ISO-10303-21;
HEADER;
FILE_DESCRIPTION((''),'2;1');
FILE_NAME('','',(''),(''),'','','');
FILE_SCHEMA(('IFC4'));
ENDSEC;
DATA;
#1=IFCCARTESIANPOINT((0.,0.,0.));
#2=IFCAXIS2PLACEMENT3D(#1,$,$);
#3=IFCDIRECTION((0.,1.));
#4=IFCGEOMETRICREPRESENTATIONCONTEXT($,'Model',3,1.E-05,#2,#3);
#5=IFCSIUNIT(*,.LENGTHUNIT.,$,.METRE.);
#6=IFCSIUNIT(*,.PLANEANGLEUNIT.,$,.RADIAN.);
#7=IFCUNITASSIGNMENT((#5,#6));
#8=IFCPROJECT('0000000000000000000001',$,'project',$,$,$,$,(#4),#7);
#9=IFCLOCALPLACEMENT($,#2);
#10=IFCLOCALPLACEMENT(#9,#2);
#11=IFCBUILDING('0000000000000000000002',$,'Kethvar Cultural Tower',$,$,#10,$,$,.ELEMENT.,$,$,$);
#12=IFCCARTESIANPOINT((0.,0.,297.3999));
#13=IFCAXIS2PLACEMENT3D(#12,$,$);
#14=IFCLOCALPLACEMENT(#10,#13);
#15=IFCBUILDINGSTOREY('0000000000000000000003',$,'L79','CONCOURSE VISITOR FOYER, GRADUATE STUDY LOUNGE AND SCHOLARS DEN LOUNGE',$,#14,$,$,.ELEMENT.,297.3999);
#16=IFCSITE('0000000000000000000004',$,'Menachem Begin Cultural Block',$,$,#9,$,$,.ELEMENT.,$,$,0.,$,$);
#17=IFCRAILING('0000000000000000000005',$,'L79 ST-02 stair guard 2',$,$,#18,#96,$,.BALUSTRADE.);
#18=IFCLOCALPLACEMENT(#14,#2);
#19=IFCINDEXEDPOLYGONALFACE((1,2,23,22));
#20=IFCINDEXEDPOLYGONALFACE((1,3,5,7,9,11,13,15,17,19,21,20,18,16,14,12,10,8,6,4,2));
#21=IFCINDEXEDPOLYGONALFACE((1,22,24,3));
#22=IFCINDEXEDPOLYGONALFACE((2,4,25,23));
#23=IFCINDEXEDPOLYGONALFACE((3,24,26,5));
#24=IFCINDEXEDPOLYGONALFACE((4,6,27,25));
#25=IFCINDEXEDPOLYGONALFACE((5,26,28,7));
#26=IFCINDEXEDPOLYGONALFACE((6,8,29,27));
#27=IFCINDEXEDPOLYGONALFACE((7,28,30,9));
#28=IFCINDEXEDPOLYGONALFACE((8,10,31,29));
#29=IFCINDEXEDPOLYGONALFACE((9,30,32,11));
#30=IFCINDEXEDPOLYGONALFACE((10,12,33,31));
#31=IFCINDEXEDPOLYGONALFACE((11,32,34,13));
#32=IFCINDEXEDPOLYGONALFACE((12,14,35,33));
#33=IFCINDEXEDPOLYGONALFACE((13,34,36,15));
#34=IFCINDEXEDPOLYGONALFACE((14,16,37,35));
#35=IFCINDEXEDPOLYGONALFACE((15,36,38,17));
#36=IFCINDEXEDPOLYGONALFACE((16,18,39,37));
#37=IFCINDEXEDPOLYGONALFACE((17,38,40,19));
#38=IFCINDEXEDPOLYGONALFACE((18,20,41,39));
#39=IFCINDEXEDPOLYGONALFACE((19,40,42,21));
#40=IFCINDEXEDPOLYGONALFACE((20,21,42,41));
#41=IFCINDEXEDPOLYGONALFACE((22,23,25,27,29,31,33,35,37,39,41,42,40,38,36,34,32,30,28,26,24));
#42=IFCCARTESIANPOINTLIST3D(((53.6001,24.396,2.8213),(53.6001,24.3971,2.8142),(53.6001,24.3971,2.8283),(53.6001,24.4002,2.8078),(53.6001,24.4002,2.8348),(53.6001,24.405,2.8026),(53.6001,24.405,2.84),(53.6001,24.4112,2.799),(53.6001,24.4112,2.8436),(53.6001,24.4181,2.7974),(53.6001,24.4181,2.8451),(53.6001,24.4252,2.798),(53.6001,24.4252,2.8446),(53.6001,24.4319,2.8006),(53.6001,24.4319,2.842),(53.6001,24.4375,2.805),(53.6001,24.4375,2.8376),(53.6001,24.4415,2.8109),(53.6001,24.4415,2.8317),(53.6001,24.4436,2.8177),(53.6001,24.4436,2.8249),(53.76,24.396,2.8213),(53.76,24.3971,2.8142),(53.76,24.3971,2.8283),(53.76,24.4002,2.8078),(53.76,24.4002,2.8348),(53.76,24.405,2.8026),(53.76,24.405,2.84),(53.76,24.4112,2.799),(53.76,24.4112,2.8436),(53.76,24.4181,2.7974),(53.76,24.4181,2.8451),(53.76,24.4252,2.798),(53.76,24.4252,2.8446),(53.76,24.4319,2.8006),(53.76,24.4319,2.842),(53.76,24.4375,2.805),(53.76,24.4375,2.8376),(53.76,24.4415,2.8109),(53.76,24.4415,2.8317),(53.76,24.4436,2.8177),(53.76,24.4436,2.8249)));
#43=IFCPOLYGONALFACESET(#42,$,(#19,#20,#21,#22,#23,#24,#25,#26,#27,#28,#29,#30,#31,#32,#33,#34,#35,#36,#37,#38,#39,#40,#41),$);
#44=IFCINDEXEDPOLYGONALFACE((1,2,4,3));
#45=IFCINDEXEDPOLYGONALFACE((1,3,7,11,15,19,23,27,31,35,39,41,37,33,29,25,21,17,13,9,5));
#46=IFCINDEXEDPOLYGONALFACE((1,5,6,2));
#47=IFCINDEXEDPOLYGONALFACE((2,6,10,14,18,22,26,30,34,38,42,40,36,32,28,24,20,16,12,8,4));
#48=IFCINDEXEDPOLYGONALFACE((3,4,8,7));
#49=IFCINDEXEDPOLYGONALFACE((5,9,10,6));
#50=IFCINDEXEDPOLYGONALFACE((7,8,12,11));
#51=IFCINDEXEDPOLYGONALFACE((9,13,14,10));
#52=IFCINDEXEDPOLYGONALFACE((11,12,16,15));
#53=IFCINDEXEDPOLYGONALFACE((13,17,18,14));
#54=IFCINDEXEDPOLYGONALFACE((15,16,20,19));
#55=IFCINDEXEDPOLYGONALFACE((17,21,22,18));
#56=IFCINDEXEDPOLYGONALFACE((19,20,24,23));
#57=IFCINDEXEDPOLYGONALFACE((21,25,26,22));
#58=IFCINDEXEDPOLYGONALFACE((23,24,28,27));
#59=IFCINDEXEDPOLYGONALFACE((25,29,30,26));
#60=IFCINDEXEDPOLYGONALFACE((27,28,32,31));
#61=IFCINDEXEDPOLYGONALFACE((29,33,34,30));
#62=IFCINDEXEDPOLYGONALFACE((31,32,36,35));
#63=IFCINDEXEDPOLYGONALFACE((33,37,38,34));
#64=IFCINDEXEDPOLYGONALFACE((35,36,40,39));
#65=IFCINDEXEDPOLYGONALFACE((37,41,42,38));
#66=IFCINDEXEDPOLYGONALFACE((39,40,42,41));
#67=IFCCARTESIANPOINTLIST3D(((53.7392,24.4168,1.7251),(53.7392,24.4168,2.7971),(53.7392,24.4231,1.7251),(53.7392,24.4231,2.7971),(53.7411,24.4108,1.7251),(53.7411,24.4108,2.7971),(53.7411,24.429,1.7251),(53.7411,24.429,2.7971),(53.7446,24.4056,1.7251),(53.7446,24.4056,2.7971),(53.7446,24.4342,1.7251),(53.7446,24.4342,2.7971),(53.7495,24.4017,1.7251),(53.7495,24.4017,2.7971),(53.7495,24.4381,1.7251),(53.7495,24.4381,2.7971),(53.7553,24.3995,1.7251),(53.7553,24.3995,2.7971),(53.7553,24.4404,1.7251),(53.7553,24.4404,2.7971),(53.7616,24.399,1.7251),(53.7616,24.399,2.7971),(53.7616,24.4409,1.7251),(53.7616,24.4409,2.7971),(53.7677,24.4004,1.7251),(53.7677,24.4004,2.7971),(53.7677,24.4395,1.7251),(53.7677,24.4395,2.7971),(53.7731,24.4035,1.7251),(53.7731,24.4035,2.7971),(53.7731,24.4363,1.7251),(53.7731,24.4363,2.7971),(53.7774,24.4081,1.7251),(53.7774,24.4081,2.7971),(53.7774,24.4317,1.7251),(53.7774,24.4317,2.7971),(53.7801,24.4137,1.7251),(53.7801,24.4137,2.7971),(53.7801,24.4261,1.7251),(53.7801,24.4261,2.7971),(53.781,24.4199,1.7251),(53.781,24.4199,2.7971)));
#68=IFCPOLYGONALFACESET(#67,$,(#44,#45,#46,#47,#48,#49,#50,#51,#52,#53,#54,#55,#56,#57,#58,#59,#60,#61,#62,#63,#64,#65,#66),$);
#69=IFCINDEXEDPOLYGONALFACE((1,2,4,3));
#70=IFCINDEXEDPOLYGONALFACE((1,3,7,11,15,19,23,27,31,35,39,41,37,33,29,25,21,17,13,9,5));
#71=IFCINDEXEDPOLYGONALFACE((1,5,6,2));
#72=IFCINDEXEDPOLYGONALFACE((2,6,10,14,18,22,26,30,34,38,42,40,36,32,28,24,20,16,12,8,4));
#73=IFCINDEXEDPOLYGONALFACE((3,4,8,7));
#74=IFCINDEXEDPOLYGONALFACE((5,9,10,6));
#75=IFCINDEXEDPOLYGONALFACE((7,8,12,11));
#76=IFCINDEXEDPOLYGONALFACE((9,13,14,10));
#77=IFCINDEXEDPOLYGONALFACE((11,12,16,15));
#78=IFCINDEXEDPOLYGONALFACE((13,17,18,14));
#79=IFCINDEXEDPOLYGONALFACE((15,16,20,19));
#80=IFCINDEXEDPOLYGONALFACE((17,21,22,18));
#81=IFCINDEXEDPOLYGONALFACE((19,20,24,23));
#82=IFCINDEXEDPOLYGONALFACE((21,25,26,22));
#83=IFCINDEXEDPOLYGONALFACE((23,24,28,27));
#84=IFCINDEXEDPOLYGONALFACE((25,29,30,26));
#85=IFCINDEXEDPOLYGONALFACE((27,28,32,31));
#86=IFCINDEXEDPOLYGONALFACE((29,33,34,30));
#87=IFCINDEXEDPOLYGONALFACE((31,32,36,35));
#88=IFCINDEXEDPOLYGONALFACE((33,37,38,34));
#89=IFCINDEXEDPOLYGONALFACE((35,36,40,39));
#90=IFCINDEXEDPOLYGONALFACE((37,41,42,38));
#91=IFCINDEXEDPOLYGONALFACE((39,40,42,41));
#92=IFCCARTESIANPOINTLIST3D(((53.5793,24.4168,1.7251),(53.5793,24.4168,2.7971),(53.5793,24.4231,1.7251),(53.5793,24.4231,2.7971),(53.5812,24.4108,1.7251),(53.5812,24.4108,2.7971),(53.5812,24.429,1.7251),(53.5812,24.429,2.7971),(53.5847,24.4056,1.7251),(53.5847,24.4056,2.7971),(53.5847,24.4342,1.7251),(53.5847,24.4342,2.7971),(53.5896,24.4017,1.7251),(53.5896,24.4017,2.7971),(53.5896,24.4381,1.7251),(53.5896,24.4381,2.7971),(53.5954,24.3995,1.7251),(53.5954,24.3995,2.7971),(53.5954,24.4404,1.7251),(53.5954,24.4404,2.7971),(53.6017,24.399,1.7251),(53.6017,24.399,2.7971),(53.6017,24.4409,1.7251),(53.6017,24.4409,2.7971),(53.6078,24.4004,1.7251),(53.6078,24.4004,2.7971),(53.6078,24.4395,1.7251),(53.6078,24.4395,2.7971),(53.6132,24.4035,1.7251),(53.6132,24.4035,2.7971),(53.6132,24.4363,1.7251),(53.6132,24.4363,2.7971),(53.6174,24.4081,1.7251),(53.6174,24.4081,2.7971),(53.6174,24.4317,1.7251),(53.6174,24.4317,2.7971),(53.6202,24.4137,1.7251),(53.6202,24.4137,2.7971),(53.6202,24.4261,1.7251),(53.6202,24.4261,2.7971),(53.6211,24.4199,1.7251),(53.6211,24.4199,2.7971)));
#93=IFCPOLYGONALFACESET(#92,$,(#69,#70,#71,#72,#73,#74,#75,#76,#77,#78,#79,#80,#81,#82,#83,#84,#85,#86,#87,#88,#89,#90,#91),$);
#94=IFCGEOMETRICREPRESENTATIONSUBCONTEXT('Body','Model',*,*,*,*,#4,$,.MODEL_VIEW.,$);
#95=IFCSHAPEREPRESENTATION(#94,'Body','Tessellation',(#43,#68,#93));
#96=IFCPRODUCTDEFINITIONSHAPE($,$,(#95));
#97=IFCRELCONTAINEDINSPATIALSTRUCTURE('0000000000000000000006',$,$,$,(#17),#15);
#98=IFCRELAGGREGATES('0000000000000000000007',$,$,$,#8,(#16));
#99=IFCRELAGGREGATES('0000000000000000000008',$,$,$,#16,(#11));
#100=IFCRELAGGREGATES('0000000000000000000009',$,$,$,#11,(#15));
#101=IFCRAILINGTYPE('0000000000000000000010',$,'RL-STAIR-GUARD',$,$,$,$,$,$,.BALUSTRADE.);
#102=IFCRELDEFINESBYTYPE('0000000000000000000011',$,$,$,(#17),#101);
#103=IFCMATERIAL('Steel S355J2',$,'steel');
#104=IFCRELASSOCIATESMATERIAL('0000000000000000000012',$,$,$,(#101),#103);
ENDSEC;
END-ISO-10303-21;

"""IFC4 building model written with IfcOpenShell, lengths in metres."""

from ifc_helpers import new_model, si_unit, direction, frame, origin, origin_2d, place, context, subcontext, project, spatial, circle, extrude, material, type_object, element, save


model = new_model("IFC4")

# Units and contexts
model_context = context("Model", 3, precision=1e-05, world=origin(), true_north=direction((0.0, 1.0)))
body_context = subcontext(model_context, "Body", "Model", "MODEL_VIEW")
ifc_project = project(units=[si_unit("LENGTHUNIT", "METRE"), si_unit("PLANEANGLEUNIT", "RADIAN")], contexts=[model_context])

# Site, building, storey
site_placement = place(None, origin())
site = spatial("IfcSite", under=ifc_project, at=site_placement, Name="Menachem Begin Cultural Block", CompositionType="ELEMENT", RefElevation=0.0)
building_placement = place(site_placement, origin())
building = spatial("IfcBuilding", under=site, at=building_placement, Name="Kethvar Cultural Tower", CompositionType="ELEMENT")
storey_placement = place(building_placement, frame((0.0, 0.0, 297.3999)))
storey = spatial("IfcBuildingStorey", under=building, at=storey_placement, Name="L79", Description="CONCOURSE VISITOR FOYER, GRADUATE STUDY LOUNGE AND SCHOLARS DEN LOUNGE", CompositionType="ELEMENT", Elevation=297.3999)

# Shared definitions
ifc_material_1 = material(Name="Steel S355J2", Category="steel")

# Railing
railing_type_1 = type_object("IfcRailingType", Name="RL-STAIR-GUARD", PredefinedType="BALUSTRADE", material=ifc_material_1)
railing_1_placement = place(storey_placement, frame((53.76, 24.4199, 1.7251)))
element("IfcRailing", 1, at=railing_1_placement, inside=storey, type_object=railing_type_1, Name="L79 ST-02 stair guard 2", PredefinedType="BALUSTRADE", context=body_context, shape_type="SweptSolid", body=[
    extrude(circle(Radius=0.0239, at=origin_2d()), frame((0.0, 0.0, 1.0962), z_axis=(-1.0, 0.0, 0.0), x_axis=(0.0, -1.0, 0.0)), (0.0, 0.0, 1.0), 0.1599),
    extrude(circle(Radius=0.021, at=origin_2d()), origin(), (0.0, 0.0, 1.0), 1.072),
    extrude(circle(Radius=0.021, at=origin_2d()), frame((-0.1599, 0.0, 0.0)), (0.0, 0.0, 1.0), 1.072),
])

save(model, "model.ifc")
